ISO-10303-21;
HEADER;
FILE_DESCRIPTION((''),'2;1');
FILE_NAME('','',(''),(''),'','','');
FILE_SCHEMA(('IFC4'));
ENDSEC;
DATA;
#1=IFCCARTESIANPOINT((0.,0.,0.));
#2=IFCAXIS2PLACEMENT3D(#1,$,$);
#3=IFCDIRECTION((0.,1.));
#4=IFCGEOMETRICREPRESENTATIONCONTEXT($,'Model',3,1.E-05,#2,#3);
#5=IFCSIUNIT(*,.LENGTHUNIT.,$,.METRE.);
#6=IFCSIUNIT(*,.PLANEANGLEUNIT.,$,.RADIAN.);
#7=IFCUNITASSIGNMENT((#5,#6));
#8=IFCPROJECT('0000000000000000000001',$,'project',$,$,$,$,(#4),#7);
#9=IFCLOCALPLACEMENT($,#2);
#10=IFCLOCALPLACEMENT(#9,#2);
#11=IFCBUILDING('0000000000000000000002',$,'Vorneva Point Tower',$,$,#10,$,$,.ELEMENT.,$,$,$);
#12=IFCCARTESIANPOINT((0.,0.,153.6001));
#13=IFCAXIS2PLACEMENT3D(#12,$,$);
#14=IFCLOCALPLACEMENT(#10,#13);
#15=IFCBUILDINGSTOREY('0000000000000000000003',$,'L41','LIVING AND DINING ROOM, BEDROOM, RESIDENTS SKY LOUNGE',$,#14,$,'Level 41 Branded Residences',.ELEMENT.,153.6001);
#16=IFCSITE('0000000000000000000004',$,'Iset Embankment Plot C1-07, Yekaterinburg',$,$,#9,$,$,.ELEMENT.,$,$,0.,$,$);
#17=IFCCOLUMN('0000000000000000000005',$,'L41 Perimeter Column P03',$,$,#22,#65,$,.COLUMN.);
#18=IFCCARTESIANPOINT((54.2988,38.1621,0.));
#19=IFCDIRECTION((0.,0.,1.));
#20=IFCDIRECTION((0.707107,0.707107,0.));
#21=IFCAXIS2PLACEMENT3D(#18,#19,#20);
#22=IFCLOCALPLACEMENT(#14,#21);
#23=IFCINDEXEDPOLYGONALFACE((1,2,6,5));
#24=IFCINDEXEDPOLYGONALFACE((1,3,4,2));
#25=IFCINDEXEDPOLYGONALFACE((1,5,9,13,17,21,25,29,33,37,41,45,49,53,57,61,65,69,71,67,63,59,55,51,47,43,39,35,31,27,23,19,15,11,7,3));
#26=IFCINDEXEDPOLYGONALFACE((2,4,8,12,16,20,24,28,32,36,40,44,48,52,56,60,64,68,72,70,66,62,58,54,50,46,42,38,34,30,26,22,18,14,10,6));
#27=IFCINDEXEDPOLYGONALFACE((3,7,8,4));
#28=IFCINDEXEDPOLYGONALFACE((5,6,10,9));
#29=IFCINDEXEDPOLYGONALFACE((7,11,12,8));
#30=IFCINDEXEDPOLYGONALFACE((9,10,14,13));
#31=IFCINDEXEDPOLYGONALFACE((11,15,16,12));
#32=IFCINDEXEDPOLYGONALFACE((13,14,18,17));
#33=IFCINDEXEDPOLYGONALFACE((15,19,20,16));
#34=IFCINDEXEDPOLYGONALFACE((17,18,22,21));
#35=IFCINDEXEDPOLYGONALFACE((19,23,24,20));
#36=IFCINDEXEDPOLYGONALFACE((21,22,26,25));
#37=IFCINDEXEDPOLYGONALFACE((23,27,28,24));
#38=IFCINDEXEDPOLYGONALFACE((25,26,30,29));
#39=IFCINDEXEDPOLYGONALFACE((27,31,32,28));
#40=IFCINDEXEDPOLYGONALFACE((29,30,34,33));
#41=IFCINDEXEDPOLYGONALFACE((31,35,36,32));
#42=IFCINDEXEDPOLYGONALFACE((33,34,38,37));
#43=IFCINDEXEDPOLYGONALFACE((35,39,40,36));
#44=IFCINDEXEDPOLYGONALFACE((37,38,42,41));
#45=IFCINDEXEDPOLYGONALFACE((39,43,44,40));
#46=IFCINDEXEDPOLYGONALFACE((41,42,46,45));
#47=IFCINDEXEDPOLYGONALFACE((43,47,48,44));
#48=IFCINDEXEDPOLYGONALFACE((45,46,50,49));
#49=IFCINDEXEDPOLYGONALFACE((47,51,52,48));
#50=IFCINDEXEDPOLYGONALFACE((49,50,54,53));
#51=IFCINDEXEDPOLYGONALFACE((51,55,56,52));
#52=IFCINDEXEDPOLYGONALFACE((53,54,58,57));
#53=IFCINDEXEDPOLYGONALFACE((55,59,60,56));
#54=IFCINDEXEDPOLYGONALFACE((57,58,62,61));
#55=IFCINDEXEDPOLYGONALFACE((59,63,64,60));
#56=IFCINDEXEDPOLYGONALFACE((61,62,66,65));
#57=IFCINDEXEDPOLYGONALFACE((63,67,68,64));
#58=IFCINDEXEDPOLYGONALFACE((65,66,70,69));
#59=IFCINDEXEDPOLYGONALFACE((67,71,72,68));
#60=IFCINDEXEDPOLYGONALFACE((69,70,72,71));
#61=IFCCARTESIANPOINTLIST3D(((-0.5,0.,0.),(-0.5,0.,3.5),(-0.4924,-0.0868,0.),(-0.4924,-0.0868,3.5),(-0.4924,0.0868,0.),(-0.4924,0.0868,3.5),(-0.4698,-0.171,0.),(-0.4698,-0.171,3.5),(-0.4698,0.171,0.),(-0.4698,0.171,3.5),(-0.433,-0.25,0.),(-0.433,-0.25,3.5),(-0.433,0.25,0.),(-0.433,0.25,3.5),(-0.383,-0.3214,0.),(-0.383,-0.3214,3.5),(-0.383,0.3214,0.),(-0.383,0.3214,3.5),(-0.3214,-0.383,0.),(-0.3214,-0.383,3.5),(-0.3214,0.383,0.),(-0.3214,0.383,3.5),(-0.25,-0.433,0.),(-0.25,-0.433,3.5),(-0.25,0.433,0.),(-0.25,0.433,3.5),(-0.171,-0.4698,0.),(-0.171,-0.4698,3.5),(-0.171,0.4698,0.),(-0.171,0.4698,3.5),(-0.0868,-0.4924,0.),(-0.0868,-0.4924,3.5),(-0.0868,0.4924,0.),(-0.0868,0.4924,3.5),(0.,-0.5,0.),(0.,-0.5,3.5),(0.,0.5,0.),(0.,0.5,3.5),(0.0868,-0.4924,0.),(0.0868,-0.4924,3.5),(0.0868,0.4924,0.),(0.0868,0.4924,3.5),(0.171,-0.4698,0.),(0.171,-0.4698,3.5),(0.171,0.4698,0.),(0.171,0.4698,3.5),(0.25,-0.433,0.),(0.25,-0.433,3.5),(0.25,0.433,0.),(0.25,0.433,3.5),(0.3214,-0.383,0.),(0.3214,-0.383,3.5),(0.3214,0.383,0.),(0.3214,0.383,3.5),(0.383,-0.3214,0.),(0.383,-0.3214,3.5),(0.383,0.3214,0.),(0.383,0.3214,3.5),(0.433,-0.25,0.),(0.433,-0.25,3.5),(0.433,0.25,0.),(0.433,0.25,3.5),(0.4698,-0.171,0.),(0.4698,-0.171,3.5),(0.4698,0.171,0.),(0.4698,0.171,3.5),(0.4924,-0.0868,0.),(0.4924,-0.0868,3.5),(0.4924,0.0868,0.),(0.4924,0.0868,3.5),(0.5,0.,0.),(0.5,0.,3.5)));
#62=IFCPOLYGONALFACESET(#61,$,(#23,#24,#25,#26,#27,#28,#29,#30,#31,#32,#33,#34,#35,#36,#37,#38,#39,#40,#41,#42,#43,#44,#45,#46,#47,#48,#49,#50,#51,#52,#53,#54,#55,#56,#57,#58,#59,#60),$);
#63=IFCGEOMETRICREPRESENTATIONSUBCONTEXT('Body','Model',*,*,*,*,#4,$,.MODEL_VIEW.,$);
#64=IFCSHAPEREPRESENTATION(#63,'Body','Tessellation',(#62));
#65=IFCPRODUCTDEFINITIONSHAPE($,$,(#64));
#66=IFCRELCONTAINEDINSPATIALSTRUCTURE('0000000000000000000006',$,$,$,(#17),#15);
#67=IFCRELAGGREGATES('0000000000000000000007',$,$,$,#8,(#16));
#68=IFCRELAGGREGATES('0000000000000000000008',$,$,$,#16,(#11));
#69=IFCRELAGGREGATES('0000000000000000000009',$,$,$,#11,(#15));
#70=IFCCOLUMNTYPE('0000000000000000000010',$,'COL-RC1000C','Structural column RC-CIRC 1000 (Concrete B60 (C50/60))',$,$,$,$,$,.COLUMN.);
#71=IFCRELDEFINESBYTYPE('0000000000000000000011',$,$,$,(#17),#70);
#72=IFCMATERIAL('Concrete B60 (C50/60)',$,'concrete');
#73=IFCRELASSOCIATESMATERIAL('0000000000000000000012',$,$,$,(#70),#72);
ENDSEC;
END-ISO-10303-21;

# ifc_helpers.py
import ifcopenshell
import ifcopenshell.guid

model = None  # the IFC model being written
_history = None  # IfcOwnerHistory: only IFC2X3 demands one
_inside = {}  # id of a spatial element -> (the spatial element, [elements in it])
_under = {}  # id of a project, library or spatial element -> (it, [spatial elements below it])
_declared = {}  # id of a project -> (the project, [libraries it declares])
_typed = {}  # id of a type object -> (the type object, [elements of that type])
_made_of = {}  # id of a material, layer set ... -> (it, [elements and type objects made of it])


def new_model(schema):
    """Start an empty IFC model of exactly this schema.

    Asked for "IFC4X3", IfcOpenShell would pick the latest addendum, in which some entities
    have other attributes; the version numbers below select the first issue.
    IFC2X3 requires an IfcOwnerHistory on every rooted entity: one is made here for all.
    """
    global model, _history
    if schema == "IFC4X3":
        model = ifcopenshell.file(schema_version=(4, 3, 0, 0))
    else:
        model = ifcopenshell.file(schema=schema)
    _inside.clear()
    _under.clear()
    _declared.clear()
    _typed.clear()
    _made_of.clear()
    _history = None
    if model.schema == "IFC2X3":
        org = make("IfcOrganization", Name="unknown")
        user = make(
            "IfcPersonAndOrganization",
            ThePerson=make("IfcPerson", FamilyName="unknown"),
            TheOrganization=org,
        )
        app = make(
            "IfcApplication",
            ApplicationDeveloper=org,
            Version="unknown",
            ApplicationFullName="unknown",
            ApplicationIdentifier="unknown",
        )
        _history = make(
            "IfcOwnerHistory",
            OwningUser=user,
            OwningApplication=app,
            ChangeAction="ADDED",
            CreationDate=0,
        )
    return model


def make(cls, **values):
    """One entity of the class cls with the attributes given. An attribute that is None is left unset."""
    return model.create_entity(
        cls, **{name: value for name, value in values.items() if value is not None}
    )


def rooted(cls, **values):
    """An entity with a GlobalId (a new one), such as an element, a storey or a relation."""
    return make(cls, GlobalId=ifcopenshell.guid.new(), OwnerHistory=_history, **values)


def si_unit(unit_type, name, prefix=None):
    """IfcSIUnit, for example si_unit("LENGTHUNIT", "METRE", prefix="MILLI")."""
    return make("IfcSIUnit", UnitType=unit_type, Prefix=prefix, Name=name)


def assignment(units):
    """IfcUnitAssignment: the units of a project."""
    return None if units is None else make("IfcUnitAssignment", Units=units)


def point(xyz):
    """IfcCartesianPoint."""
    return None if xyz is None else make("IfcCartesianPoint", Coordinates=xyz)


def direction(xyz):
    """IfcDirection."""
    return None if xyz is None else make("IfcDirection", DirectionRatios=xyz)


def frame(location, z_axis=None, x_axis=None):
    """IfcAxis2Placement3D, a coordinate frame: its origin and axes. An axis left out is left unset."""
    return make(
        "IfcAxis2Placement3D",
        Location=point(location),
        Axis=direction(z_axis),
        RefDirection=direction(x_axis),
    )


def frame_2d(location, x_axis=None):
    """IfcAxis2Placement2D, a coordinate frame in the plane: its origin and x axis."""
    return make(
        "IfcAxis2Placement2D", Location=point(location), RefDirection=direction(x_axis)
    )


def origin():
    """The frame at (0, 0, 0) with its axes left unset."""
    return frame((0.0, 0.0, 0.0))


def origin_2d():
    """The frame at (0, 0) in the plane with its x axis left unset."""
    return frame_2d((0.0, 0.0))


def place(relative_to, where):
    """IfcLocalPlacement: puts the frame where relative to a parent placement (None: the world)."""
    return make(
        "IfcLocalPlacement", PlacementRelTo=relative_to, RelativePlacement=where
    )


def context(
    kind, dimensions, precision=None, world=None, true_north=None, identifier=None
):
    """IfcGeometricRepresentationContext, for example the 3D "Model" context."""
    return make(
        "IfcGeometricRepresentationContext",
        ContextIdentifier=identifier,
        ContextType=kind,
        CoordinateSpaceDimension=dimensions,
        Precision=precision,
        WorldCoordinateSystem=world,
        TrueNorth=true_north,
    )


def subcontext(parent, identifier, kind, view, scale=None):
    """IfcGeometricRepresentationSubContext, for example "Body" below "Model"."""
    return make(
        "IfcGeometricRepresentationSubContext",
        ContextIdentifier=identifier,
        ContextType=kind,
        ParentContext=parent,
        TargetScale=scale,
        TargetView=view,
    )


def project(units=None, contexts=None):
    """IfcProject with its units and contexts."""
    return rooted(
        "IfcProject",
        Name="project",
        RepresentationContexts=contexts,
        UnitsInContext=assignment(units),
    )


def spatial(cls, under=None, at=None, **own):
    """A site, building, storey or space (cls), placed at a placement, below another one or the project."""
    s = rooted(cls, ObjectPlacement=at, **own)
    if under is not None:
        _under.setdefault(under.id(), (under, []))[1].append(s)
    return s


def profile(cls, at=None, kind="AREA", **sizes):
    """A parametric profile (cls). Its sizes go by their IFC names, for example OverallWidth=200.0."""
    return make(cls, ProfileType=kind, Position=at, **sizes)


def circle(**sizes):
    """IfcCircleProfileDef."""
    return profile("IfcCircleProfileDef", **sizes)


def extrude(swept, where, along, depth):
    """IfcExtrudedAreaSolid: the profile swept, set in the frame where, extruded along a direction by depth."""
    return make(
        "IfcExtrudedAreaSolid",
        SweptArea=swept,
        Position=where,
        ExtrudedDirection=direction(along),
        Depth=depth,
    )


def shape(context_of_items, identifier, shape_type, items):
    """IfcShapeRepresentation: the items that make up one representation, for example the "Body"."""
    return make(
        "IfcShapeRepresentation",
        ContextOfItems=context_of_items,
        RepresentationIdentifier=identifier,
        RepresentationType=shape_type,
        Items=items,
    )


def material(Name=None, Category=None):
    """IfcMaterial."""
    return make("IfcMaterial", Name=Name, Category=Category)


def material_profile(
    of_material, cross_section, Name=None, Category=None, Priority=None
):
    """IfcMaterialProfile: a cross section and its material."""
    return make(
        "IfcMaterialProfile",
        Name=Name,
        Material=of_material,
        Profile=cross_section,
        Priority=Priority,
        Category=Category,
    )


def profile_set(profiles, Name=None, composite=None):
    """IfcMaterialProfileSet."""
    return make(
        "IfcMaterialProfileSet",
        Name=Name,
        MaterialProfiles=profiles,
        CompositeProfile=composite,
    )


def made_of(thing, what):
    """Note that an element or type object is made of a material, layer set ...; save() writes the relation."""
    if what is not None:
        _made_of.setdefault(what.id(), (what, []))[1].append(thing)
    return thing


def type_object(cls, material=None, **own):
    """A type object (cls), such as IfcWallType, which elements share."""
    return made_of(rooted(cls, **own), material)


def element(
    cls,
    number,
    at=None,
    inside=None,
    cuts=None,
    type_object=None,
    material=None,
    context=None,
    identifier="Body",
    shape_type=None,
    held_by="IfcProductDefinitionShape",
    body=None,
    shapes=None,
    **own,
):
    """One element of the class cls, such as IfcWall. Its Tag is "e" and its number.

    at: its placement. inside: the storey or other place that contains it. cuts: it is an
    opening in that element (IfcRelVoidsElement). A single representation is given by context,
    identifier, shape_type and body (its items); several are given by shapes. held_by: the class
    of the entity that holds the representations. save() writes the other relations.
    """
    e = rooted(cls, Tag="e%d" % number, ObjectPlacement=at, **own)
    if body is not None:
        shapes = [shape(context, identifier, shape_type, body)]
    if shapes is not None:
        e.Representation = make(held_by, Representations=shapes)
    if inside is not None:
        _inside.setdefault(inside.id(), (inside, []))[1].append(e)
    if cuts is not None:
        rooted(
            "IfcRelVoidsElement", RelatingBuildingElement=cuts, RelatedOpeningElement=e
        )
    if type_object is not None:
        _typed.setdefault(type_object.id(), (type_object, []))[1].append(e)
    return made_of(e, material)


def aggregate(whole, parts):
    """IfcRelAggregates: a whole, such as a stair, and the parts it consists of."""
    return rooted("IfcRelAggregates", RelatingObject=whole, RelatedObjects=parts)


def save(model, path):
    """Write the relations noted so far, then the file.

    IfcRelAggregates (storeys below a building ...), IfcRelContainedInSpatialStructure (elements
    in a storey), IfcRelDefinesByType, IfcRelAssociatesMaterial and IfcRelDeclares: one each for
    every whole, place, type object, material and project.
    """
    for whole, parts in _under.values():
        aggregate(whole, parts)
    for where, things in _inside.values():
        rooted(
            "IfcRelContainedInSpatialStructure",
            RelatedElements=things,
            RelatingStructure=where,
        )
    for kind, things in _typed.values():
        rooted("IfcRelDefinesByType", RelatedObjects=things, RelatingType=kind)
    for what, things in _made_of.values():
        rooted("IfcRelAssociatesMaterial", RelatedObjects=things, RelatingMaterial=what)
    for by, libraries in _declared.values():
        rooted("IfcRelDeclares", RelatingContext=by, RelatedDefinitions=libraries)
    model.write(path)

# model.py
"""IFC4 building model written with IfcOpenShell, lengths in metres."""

from ifc_helpers import new_model, si_unit, direction, frame, origin, origin_2d, place, context, subcontext, project, spatial, circle, extrude, material, material_profile, profile_set, type_object, element, save


model = new_model("IFC4")

# Units and contexts
model_context = context("Model", 3, precision=1e-05, world=origin(), true_north=direction((0.0, 1.0)))
body_context = subcontext(model_context, "Body", "Model", "MODEL_VIEW")
ifc_project = project(units=[si_unit("LENGTHUNIT", "METRE"), si_unit("PLANEANGLEUNIT", "RADIAN")], contexts=[model_context])

# Site, building, storey
site_placement = place(None, origin())
site = spatial("IfcSite", under=ifc_project, at=site_placement, Name="Iset Embankment Plot C1-07, Yekaterinburg", CompositionType="ELEMENT", RefElevation=0.0)
building_placement = place(site_placement, origin())
building = spatial("IfcBuilding", under=site, at=building_placement, Name="Vorneva Point Tower", CompositionType="ELEMENT")
storey_placement = place(building_placement, frame((0.0, 0.0, 153.6001)))
storey = spatial("IfcBuildingStorey", under=building, at=storey_placement, Name="L41", Description="LIVING AND DINING ROOM, BEDROOM, RESIDENTS SKY LOUNGE", LongName="Level 41 Branded Residences", CompositionType="ELEMENT", Elevation=153.6001)

# Column
ifc_material_1 = material(Name="Concrete B60 (C50/60)", Category="concrete")
ifc_material_profile_1 = material_profile(ifc_material_1, circle(Radius=0.5, at=origin_2d()), Name="RC-CIRC 1000")
ifc_profile_set_1 = profile_set([ifc_material_profile_1], Name="Concrete B60 (C50/60)")
column_type = type_object("IfcColumnType", Name="COL-RC1000C", Description="Structural column RC-CIRC 1000 (Concrete B60 (C50/60))", PredefinedType="COLUMN", material=ifc_profile_set_1)
column_placement = place(storey_placement, frame((54.2988, 38.1621, 0.0), z_axis=(0.0, 0.0, 1.0), x_axis=(0.707107, 0.707107, 0.0)))
element("IfcColumn", 1, at=column_placement, inside=storey, type_object=column_type, Name="L41 Perimeter Column P03", PredefinedType="COLUMN", context=body_context, shape_type="SweptSolid", body=[
    extrude(circle(Radius=0.5, at=origin_2d()), origin(), (0.0, 0.0, 1.0), 3.5),
])

save(model, "model.ifc")
